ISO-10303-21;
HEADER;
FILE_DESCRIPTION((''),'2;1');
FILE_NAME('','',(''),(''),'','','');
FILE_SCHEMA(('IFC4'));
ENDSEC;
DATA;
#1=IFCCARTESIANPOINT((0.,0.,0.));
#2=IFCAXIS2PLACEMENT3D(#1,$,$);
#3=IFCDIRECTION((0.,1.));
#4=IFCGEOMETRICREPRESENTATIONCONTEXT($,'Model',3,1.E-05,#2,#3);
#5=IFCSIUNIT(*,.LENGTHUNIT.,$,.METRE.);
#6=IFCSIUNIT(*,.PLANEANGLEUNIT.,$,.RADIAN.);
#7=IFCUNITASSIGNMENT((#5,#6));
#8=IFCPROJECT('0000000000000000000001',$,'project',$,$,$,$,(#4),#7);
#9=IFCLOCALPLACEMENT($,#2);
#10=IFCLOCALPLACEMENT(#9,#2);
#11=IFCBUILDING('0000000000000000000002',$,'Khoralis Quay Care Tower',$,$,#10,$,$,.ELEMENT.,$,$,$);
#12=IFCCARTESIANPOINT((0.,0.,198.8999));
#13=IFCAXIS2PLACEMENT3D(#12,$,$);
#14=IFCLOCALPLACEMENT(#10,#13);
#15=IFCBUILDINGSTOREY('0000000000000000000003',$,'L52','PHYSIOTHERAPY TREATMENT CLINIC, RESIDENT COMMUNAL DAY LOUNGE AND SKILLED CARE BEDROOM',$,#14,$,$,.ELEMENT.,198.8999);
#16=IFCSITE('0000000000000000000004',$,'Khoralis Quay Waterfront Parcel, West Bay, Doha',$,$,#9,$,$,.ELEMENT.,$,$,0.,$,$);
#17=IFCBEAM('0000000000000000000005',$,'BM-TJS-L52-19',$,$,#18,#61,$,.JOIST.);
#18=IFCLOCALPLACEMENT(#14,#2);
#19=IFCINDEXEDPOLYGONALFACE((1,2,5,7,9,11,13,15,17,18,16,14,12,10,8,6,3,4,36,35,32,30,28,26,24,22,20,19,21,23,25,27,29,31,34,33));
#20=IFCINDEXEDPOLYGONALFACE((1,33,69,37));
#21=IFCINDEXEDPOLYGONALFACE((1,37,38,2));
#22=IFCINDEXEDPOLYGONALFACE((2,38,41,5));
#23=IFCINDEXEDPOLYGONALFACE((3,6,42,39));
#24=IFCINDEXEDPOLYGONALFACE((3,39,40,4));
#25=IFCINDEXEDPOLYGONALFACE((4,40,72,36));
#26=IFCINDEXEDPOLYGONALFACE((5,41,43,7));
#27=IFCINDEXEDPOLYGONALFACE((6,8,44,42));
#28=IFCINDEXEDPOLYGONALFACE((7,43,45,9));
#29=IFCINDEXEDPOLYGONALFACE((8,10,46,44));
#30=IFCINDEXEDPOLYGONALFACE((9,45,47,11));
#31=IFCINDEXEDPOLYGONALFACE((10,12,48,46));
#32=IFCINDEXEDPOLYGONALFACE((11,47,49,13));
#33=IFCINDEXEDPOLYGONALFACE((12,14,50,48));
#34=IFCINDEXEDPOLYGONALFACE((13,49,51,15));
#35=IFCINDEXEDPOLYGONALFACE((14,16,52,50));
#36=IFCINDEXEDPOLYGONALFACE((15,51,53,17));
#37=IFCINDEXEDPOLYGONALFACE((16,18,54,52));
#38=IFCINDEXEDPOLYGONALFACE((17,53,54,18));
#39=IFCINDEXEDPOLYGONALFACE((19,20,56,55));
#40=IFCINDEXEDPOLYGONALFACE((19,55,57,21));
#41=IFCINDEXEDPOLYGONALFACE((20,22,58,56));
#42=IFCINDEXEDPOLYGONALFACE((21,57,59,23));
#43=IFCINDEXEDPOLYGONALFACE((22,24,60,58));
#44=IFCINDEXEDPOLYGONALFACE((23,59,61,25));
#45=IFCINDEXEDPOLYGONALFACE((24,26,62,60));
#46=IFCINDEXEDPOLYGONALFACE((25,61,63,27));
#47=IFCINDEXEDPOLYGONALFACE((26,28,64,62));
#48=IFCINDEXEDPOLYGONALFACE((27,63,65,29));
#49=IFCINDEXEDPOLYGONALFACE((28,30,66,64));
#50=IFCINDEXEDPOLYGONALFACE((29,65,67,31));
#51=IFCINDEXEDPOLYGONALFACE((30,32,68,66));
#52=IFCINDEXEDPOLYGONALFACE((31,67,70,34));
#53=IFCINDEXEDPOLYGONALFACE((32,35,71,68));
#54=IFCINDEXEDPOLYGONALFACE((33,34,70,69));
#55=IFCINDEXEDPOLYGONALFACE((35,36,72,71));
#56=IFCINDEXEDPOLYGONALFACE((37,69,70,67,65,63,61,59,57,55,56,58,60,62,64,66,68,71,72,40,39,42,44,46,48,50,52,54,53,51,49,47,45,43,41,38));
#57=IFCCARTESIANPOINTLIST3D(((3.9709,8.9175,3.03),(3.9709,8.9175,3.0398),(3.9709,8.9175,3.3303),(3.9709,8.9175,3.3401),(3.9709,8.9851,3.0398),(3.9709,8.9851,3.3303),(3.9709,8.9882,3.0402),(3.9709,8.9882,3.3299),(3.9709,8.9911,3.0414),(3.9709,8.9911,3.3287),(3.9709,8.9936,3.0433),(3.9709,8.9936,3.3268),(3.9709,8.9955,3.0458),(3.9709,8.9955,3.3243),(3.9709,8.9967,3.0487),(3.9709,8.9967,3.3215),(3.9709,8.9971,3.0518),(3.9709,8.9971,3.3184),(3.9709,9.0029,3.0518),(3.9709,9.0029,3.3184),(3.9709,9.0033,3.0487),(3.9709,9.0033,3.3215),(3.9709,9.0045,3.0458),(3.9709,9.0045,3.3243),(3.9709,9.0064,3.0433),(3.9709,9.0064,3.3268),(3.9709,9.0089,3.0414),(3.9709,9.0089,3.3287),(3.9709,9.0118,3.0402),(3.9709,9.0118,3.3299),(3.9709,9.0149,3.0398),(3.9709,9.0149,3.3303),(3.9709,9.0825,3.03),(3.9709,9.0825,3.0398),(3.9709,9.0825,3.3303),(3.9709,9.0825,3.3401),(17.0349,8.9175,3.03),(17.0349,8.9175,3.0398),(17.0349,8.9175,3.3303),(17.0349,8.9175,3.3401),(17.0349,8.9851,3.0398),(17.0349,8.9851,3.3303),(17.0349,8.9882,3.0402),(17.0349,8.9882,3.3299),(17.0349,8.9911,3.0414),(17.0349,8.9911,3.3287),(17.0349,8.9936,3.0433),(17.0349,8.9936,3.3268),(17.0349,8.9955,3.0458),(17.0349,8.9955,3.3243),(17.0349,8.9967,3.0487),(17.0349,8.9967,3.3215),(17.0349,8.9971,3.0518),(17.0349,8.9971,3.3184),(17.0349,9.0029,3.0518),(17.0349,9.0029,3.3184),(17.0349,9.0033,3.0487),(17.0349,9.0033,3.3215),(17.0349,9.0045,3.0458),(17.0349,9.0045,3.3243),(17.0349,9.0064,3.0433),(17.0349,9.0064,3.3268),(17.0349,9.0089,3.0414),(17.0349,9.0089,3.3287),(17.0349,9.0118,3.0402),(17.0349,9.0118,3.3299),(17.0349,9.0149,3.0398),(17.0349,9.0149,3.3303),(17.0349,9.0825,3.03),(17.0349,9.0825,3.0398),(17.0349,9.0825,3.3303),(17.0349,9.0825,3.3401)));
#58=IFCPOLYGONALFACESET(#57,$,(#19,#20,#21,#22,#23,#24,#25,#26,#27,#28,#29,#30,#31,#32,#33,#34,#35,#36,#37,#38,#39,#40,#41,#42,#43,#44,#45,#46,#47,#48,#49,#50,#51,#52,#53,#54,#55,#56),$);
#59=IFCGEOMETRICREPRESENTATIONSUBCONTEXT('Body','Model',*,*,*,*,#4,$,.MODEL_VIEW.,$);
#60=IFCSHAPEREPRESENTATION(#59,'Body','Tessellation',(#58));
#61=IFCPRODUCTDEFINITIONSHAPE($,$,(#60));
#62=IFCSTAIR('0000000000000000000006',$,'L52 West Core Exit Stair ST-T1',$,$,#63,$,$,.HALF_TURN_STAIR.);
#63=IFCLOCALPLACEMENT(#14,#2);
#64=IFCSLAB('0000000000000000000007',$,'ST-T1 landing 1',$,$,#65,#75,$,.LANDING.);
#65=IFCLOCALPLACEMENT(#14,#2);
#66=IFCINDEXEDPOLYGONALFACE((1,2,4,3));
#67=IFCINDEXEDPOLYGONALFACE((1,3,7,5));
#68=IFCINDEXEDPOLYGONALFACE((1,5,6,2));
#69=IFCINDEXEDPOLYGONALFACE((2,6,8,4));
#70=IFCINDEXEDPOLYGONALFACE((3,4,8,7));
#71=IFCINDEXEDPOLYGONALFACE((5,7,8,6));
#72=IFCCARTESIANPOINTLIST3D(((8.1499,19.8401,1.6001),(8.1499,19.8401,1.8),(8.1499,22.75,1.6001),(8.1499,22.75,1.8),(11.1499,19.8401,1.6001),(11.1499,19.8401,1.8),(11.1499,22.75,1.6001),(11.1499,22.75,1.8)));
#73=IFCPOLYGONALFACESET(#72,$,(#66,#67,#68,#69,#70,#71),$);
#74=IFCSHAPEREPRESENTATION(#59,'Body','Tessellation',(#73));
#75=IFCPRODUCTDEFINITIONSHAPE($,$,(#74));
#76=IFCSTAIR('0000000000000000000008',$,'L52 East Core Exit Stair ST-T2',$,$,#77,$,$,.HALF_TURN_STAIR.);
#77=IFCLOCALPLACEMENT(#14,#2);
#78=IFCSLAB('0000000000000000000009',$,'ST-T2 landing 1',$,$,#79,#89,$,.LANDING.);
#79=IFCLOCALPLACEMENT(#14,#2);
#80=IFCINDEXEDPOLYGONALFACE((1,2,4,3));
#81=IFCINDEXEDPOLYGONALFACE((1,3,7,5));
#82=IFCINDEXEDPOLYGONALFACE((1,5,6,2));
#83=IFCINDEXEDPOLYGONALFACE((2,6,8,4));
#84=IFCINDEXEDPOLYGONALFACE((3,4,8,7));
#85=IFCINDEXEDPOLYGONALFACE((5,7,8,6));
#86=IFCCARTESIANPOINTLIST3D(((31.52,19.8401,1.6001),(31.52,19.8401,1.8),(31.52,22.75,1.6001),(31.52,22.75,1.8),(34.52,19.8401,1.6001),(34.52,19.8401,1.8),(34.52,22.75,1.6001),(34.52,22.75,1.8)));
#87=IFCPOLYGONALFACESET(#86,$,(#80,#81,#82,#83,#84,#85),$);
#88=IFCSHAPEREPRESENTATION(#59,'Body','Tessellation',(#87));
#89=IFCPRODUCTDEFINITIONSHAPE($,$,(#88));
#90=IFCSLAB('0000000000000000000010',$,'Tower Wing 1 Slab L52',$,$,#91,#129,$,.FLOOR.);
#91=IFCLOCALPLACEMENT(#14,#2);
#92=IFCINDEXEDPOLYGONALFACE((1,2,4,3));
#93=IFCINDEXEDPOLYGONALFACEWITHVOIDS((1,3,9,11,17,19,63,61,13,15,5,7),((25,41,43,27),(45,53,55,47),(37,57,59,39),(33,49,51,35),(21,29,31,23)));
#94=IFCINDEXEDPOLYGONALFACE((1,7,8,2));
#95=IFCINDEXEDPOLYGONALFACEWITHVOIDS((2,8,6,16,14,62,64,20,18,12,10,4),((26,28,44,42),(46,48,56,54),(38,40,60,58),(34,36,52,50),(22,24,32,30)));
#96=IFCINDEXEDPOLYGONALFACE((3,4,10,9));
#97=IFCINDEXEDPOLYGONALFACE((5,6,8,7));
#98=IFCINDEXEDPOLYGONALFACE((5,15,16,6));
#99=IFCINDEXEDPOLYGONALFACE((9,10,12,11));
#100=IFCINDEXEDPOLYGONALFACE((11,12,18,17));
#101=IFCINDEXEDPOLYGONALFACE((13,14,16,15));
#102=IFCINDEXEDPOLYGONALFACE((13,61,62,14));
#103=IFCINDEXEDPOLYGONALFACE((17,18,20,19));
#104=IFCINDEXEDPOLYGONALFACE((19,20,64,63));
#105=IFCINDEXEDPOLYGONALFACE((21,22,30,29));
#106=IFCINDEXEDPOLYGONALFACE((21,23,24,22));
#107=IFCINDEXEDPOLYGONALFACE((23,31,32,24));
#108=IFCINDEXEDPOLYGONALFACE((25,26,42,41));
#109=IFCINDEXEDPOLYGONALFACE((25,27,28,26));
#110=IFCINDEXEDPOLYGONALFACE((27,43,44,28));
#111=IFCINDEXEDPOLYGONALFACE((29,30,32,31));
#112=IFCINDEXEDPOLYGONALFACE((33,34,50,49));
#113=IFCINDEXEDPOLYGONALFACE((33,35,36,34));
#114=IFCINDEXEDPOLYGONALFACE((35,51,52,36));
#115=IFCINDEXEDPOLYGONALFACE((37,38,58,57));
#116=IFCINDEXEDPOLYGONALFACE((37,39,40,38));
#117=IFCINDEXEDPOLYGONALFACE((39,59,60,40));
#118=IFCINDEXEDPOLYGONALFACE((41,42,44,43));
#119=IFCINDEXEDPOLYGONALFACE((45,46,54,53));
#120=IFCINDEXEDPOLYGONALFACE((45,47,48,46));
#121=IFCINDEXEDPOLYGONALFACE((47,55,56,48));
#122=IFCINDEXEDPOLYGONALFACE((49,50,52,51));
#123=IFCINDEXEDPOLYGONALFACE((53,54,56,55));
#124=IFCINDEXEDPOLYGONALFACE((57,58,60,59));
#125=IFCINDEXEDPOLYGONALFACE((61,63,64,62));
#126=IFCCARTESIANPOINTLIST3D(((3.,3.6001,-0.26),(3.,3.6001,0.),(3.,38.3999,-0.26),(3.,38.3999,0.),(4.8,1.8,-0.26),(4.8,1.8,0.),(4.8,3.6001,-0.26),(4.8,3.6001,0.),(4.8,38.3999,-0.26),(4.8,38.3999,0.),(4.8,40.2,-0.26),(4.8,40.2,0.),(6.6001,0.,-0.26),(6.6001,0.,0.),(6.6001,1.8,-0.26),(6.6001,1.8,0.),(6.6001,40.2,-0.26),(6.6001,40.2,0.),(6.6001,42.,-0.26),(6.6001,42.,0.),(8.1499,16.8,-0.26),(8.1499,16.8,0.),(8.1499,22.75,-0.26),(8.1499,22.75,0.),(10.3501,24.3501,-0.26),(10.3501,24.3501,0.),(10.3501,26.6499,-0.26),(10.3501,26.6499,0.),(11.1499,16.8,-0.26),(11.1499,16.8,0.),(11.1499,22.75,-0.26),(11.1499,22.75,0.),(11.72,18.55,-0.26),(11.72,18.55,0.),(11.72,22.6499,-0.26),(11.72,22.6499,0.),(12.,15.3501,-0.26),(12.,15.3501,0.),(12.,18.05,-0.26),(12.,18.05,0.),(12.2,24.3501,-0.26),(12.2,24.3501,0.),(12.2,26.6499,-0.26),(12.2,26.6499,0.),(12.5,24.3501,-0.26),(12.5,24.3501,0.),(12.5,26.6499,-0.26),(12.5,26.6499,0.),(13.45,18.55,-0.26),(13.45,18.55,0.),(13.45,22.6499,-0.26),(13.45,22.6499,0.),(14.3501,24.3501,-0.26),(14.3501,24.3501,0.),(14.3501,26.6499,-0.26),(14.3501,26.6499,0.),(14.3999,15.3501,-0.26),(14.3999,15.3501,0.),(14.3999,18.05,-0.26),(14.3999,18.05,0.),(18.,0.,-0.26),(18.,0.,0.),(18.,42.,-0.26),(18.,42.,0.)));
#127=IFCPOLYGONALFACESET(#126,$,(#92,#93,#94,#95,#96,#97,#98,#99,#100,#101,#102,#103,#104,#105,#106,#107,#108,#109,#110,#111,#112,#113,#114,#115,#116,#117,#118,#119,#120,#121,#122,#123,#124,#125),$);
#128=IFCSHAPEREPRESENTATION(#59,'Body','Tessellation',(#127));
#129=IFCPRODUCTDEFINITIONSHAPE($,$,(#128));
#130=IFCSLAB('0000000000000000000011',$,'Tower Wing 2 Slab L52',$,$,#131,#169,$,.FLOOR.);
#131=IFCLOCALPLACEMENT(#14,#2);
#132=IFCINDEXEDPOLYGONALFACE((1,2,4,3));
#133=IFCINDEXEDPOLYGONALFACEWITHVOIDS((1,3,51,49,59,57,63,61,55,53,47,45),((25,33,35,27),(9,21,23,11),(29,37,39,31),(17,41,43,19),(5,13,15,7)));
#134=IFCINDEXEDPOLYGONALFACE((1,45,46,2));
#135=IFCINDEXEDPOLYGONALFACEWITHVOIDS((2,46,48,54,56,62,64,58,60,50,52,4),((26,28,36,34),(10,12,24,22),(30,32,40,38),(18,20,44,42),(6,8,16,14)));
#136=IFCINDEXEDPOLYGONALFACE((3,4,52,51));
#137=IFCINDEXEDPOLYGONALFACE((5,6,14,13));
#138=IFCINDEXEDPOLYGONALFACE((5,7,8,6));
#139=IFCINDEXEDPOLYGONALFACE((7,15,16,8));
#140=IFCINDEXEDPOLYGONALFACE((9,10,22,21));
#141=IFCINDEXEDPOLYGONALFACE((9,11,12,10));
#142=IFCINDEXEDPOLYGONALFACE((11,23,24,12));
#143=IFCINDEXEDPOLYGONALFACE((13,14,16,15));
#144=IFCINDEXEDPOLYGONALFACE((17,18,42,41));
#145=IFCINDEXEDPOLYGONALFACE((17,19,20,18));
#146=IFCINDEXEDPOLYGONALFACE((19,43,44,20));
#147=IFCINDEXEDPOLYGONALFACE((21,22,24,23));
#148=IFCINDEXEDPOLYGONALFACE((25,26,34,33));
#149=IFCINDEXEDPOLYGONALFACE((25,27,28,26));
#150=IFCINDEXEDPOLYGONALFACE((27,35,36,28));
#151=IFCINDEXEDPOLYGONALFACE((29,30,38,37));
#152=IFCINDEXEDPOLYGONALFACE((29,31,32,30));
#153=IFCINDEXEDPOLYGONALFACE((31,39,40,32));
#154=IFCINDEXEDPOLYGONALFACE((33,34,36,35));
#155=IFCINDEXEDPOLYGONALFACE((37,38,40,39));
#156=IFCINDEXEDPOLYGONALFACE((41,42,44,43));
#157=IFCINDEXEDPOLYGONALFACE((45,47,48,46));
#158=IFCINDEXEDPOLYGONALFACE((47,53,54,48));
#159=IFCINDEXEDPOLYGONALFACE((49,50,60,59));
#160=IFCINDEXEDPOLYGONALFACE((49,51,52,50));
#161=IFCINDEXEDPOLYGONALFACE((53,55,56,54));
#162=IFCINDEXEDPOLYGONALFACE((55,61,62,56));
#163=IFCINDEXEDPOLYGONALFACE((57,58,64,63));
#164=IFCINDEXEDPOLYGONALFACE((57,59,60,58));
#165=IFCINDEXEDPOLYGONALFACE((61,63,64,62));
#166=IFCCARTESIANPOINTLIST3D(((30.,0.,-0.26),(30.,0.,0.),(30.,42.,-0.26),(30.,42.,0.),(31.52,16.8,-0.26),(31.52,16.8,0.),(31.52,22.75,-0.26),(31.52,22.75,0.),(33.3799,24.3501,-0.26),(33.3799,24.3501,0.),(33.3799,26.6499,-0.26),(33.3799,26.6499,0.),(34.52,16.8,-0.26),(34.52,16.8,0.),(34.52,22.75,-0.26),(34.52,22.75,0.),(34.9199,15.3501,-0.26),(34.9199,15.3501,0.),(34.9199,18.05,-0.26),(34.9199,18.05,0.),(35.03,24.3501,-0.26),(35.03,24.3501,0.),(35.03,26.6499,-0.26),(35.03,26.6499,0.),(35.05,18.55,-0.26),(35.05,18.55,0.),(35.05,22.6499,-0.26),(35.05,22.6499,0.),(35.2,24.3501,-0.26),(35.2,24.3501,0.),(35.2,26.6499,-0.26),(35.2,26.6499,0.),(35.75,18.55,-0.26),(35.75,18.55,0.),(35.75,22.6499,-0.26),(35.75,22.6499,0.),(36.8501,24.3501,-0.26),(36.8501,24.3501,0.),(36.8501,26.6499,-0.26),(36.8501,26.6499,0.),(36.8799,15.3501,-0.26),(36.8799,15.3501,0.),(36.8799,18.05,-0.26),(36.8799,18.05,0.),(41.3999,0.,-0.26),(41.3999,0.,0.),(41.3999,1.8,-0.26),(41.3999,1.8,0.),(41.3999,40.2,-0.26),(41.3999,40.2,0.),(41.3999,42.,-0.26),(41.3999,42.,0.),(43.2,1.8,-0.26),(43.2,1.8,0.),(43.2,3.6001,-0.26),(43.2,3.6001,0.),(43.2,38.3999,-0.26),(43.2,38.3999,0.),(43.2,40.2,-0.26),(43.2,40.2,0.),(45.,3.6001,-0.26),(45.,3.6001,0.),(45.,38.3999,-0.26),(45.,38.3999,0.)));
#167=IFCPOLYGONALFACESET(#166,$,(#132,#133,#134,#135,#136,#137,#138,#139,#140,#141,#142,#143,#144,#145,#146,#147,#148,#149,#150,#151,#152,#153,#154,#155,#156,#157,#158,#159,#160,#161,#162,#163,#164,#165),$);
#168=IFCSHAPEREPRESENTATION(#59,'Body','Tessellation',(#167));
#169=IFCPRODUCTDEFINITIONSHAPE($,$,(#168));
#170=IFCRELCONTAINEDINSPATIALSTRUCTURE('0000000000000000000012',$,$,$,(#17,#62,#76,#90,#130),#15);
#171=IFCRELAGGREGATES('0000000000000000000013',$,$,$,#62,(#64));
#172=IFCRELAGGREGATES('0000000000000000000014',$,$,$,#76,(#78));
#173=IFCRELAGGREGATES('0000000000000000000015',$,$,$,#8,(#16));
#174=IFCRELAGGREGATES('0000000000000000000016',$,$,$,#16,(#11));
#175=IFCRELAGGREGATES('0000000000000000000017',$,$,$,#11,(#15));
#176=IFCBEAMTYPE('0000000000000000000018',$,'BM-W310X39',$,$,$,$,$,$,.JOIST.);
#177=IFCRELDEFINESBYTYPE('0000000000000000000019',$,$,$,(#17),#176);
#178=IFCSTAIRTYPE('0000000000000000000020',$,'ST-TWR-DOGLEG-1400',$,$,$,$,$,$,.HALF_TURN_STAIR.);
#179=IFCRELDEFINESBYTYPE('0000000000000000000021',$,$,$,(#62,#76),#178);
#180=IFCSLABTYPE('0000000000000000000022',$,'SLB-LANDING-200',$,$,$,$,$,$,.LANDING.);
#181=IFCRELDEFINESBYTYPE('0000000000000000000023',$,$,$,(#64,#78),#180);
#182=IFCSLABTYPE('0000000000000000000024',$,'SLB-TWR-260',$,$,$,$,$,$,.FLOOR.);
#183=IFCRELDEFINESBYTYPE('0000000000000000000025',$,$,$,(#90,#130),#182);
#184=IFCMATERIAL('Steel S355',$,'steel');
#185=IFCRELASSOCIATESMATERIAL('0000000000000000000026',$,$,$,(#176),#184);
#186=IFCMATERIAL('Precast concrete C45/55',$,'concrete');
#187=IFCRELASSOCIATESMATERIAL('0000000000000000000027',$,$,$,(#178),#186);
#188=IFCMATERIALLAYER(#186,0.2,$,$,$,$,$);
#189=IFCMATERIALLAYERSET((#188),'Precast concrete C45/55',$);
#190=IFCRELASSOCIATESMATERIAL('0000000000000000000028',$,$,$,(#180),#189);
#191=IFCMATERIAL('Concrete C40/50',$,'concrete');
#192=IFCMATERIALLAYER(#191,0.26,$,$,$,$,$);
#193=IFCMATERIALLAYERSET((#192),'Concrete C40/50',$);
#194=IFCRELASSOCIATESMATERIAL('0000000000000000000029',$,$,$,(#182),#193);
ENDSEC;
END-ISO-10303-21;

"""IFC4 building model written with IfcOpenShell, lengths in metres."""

from ifc_helpers import new_model, si_unit, direction, frame, origin, origin_2d, place, context, subcontext, project, spatial, polyline, i_section, outline, extrude, source, transform, mapped, material, layer, layer_set, material_profile, profile_set, type_object, element, aggregate, save


model = new_model("IFC4")

# Units and contexts
model_context = context("Model", 3, precision=1e-05, world=origin(), true_north=direction((0.0, 1.0)))
body_context = subcontext(model_context, "Body", "Model", "MODEL_VIEW")
ifc_project = project(units=[si_unit("LENGTHUNIT", "METRE"), si_unit("PLANEANGLEUNIT", "RADIAN")], contexts=[model_context])

# Site, building, storey
site_placement = place(None, origin())
site = spatial("IfcSite", under=ifc_project, at=site_placement, Name="Khoralis Quay Waterfront Parcel, West Bay, Doha", CompositionType="ELEMENT", RefElevation=0.0)
building_placement = place(site_placement, origin())
building = spatial("IfcBuilding", under=site, at=building_placement, Name="Khoralis Quay Care Tower", CompositionType="ELEMENT")
storey_placement = place(building_placement, frame((0.0, 0.0, 198.8999)))
storey = spatial("IfcBuildingStorey", under=building, at=storey_placement, Name="L52", Description="PHYSIOTHERAPY TREATMENT CLINIC, RESIDENT COMMUNAL DAY LOUNGE AND SKILLED CARE BEDROOM", CompositionType="ELEMENT", Elevation=198.8999)

# Beam
ifc_material_1 = material(Name="Steel S355", Category="steel")
ifc_material_profile_1 = material_profile(ifc_material_1, i_section(OverallWidth=0.165, OverallDepth=0.3101, WebThickness=0.0059, FlangeThickness=0.0098, FilletRadius=0.012, at=origin_2d()), Name="Steel S355")
ifc_profile_set_1 = profile_set([ifc_material_profile_1], Name="Steel S355")
beam_type_1 = type_object("IfcBeamType", Name="BM-W310X39", PredefinedType="JOIST", material=ifc_profile_set_1)
shared_shape_1 = source(origin(), body_context, "Body", "SweptSolid", [
    extrude(i_section(OverallWidth=0.165, OverallDepth=0.3101, WebThickness=0.0059, FlangeThickness=0.0098, FilletRadius=0.012, at=origin_2d()), origin(), (0.0, 0.0, 1.0), 13.064),
])
beam_1_placement = place(storey_placement, frame((3.9709, 9.0, 3.1851), z_axis=(1.0, 0.0, 0.0), x_axis=(0.0, 1.0, 0.0)))
element("IfcBeam", 1, at=beam_1_placement, inside=storey, type_object=beam_type_1, Name="BM-TJS-L52-19", PredefinedType="JOIST", context=body_context, shape_type="MappedRepresentation", body=[
    mapped(shared_shape_1, transform((0.0, 0.0, 0.0), scale=1.0)),
])

# Stairs, slabs
ifc_material_2 = material(Name="Precast concrete C45/55", Category="concrete")
stair_type = type_object("IfcStairType", Name="ST-TWR-DOGLEG-1400", PredefinedType="HALF_TURN_STAIR", material=ifc_material_2)
stair_1_placement = place(storey_placement, origin())
stair_1 = element("IfcStair", 2, at=stair_1_placement, inside=storey, type_object=stair_type, Name="L52 West Core Exit Stair ST-T1", PredefinedType="HALF_TURN_STAIR")
ifc_layer_1 = layer(ifc_material_2, 0.2)
ifc_layer_set_1 = layer_set([ifc_layer_1], Name="Precast concrete C45/55")
slab_type_1 = type_object("IfcSlabType", Name="SLB-LANDING-200", PredefinedType="LANDING", material=ifc_layer_set_1)
slab_1_placement = place(storey_placement, frame((0.0, 0.0, 1.6001)))
slab_1 = element("IfcSlab", 3, at=slab_1_placement, type_object=slab_type_1, Name="ST-T1 landing 1", PredefinedType="LANDING", context=body_context, shape_type="SweptSolid", body=[
    extrude(outline(polyline([(11.1499, 19.8401), (11.1499, 22.75), (8.1499, 22.75), (8.1499, 19.8401), (11.1499, 19.8401)])), origin(), (0.0, 0.0, 1.0), 0.2),
])
aggregate(stair_1, [slab_1])
stair_2_placement = place(storey_placement, origin())
stair_2 = element("IfcStair", 4, at=stair_2_placement, inside=storey, type_object=stair_type, Name="L52 East Core Exit Stair ST-T2", PredefinedType="HALF_TURN_STAIR")
slab_2_placement = place(storey_placement, frame((0.0, 0.0, 1.6001)))
slab_2 = element("IfcSlab", 5, at=slab_2_placement, type_object=slab_type_1, Name="ST-T2 landing 1", PredefinedType="LANDING", context=body_context, shape_type="SweptSolid", body=[
    extrude(outline(polyline([(34.52, 19.8401), (34.52, 22.75), (31.52, 22.75), (31.52, 19.8401), (34.52, 19.8401)])), origin(), (0.0, 0.0, 1.0), 0.2),
])
aggregate(stair_2, [slab_2])

# Slabs
ifc_material_3 = material(Name="Concrete C40/50", Category="concrete")
ifc_layer_2 = layer(ifc_material_3, 0.26)
ifc_layer_set_2 = layer_set([ifc_layer_2], Name="Concrete C40/50")
slab_type_2 = type_object("IfcSlabType", Name="SLB-TWR-260", PredefinedType="FLOOR", material=ifc_layer_set_2)
slab_3_placement = place(storey_placement, frame((0.0, 0.0, -0.26)))
element("IfcSlab", 6, at=slab_3_placement, inside=storey, type_object=slab_type_2, Name="Tower Wing 1 Slab L52", PredefinedType="FLOOR", context=body_context, shape_type="SweptSolid", body=[
    extrude(outline(polyline([(6.6001, 0.0), (18.0, 0.0), (18.0, 42.0), (6.6001, 42.0), (6.6001, 40.2), (4.8, 40.2), (4.8, 38.3999), (3.0, 38.3999), (3.0, 3.6001), (4.8, 3.6001), (4.8, 1.8), (6.6001, 1.8), (6.6001, 0.0)]), holes=[polyline([(11.1499, 16.8), (11.1499, 22.75), (8.1499, 22.75), (8.1499, 16.8), (11.1499, 16.8)]), polyline([(12.0, 15.3501), (14.3999, 15.3501), (14.3999, 18.05), (12.0, 18.05), (12.0, 15.3501)]), polyline([(10.3501, 24.3501), (12.2, 24.3501), (12.2, 26.6499), (10.3501, 26.6499), (10.3501, 24.3501)]), polyline([(12.5, 24.3501), (14.3501, 24.3501), (14.3501, 26.6499), (12.5, 26.6499), (12.5, 24.3501)]), polyline([(11.72, 18.55), (13.45, 18.55), (13.45, 22.6499), (11.72, 22.6499), (11.72, 18.55)])]), origin(), (0.0, 0.0, 1.0), 0.26),
])
slab_4_placement = place(storey_placement, frame((0.0, 0.0, -0.26)))
element("IfcSlab", 7, at=slab_4_placement, inside=storey, type_object=slab_type_2, Name="Tower Wing 2 Slab L52", PredefinedType="FLOOR", context=body_context, shape_type="SweptSolid", body=[
    extrude(outline(polyline([(30.0, 0.0), (41.3999, 0.0), (41.3999, 1.8), (43.2, 1.8), (43.2, 3.6001), (45.0, 3.6001), (45.0, 38.3999), (43.2, 38.3999), (43.2, 40.2), (41.3999, 40.2), (41.3999, 42.0), (30.0, 42.0), (30.0, 0.0)]), holes=[polyline([(34.52, 16.8), (34.52, 22.75), (31.52, 22.75), (31.52, 16.8), (34.52, 16.8)]), polyline([(34.9199, 15.3501), (36.8799, 15.3501), (36.8799, 18.05), (34.9199, 18.05), (34.9199, 15.3501)]), polyline([(33.3799, 24.3501), (35.03, 24.3501), (35.03, 26.6499), (33.3799, 26.6499), (33.3799, 24.3501)]), polyline([(35.2, 24.3501), (36.8501, 24.3501), (36.8501, 26.6499), (35.2, 26.6499), (35.2, 24.3501)]), polyline([(35.05, 18.55), (35.75, 18.55), (35.75, 22.6499), (35.05, 22.6499), (35.05, 18.55)])]), origin(), (0.0, 0.0, 1.0), 0.26),
])

save(model, "model.ifc")
